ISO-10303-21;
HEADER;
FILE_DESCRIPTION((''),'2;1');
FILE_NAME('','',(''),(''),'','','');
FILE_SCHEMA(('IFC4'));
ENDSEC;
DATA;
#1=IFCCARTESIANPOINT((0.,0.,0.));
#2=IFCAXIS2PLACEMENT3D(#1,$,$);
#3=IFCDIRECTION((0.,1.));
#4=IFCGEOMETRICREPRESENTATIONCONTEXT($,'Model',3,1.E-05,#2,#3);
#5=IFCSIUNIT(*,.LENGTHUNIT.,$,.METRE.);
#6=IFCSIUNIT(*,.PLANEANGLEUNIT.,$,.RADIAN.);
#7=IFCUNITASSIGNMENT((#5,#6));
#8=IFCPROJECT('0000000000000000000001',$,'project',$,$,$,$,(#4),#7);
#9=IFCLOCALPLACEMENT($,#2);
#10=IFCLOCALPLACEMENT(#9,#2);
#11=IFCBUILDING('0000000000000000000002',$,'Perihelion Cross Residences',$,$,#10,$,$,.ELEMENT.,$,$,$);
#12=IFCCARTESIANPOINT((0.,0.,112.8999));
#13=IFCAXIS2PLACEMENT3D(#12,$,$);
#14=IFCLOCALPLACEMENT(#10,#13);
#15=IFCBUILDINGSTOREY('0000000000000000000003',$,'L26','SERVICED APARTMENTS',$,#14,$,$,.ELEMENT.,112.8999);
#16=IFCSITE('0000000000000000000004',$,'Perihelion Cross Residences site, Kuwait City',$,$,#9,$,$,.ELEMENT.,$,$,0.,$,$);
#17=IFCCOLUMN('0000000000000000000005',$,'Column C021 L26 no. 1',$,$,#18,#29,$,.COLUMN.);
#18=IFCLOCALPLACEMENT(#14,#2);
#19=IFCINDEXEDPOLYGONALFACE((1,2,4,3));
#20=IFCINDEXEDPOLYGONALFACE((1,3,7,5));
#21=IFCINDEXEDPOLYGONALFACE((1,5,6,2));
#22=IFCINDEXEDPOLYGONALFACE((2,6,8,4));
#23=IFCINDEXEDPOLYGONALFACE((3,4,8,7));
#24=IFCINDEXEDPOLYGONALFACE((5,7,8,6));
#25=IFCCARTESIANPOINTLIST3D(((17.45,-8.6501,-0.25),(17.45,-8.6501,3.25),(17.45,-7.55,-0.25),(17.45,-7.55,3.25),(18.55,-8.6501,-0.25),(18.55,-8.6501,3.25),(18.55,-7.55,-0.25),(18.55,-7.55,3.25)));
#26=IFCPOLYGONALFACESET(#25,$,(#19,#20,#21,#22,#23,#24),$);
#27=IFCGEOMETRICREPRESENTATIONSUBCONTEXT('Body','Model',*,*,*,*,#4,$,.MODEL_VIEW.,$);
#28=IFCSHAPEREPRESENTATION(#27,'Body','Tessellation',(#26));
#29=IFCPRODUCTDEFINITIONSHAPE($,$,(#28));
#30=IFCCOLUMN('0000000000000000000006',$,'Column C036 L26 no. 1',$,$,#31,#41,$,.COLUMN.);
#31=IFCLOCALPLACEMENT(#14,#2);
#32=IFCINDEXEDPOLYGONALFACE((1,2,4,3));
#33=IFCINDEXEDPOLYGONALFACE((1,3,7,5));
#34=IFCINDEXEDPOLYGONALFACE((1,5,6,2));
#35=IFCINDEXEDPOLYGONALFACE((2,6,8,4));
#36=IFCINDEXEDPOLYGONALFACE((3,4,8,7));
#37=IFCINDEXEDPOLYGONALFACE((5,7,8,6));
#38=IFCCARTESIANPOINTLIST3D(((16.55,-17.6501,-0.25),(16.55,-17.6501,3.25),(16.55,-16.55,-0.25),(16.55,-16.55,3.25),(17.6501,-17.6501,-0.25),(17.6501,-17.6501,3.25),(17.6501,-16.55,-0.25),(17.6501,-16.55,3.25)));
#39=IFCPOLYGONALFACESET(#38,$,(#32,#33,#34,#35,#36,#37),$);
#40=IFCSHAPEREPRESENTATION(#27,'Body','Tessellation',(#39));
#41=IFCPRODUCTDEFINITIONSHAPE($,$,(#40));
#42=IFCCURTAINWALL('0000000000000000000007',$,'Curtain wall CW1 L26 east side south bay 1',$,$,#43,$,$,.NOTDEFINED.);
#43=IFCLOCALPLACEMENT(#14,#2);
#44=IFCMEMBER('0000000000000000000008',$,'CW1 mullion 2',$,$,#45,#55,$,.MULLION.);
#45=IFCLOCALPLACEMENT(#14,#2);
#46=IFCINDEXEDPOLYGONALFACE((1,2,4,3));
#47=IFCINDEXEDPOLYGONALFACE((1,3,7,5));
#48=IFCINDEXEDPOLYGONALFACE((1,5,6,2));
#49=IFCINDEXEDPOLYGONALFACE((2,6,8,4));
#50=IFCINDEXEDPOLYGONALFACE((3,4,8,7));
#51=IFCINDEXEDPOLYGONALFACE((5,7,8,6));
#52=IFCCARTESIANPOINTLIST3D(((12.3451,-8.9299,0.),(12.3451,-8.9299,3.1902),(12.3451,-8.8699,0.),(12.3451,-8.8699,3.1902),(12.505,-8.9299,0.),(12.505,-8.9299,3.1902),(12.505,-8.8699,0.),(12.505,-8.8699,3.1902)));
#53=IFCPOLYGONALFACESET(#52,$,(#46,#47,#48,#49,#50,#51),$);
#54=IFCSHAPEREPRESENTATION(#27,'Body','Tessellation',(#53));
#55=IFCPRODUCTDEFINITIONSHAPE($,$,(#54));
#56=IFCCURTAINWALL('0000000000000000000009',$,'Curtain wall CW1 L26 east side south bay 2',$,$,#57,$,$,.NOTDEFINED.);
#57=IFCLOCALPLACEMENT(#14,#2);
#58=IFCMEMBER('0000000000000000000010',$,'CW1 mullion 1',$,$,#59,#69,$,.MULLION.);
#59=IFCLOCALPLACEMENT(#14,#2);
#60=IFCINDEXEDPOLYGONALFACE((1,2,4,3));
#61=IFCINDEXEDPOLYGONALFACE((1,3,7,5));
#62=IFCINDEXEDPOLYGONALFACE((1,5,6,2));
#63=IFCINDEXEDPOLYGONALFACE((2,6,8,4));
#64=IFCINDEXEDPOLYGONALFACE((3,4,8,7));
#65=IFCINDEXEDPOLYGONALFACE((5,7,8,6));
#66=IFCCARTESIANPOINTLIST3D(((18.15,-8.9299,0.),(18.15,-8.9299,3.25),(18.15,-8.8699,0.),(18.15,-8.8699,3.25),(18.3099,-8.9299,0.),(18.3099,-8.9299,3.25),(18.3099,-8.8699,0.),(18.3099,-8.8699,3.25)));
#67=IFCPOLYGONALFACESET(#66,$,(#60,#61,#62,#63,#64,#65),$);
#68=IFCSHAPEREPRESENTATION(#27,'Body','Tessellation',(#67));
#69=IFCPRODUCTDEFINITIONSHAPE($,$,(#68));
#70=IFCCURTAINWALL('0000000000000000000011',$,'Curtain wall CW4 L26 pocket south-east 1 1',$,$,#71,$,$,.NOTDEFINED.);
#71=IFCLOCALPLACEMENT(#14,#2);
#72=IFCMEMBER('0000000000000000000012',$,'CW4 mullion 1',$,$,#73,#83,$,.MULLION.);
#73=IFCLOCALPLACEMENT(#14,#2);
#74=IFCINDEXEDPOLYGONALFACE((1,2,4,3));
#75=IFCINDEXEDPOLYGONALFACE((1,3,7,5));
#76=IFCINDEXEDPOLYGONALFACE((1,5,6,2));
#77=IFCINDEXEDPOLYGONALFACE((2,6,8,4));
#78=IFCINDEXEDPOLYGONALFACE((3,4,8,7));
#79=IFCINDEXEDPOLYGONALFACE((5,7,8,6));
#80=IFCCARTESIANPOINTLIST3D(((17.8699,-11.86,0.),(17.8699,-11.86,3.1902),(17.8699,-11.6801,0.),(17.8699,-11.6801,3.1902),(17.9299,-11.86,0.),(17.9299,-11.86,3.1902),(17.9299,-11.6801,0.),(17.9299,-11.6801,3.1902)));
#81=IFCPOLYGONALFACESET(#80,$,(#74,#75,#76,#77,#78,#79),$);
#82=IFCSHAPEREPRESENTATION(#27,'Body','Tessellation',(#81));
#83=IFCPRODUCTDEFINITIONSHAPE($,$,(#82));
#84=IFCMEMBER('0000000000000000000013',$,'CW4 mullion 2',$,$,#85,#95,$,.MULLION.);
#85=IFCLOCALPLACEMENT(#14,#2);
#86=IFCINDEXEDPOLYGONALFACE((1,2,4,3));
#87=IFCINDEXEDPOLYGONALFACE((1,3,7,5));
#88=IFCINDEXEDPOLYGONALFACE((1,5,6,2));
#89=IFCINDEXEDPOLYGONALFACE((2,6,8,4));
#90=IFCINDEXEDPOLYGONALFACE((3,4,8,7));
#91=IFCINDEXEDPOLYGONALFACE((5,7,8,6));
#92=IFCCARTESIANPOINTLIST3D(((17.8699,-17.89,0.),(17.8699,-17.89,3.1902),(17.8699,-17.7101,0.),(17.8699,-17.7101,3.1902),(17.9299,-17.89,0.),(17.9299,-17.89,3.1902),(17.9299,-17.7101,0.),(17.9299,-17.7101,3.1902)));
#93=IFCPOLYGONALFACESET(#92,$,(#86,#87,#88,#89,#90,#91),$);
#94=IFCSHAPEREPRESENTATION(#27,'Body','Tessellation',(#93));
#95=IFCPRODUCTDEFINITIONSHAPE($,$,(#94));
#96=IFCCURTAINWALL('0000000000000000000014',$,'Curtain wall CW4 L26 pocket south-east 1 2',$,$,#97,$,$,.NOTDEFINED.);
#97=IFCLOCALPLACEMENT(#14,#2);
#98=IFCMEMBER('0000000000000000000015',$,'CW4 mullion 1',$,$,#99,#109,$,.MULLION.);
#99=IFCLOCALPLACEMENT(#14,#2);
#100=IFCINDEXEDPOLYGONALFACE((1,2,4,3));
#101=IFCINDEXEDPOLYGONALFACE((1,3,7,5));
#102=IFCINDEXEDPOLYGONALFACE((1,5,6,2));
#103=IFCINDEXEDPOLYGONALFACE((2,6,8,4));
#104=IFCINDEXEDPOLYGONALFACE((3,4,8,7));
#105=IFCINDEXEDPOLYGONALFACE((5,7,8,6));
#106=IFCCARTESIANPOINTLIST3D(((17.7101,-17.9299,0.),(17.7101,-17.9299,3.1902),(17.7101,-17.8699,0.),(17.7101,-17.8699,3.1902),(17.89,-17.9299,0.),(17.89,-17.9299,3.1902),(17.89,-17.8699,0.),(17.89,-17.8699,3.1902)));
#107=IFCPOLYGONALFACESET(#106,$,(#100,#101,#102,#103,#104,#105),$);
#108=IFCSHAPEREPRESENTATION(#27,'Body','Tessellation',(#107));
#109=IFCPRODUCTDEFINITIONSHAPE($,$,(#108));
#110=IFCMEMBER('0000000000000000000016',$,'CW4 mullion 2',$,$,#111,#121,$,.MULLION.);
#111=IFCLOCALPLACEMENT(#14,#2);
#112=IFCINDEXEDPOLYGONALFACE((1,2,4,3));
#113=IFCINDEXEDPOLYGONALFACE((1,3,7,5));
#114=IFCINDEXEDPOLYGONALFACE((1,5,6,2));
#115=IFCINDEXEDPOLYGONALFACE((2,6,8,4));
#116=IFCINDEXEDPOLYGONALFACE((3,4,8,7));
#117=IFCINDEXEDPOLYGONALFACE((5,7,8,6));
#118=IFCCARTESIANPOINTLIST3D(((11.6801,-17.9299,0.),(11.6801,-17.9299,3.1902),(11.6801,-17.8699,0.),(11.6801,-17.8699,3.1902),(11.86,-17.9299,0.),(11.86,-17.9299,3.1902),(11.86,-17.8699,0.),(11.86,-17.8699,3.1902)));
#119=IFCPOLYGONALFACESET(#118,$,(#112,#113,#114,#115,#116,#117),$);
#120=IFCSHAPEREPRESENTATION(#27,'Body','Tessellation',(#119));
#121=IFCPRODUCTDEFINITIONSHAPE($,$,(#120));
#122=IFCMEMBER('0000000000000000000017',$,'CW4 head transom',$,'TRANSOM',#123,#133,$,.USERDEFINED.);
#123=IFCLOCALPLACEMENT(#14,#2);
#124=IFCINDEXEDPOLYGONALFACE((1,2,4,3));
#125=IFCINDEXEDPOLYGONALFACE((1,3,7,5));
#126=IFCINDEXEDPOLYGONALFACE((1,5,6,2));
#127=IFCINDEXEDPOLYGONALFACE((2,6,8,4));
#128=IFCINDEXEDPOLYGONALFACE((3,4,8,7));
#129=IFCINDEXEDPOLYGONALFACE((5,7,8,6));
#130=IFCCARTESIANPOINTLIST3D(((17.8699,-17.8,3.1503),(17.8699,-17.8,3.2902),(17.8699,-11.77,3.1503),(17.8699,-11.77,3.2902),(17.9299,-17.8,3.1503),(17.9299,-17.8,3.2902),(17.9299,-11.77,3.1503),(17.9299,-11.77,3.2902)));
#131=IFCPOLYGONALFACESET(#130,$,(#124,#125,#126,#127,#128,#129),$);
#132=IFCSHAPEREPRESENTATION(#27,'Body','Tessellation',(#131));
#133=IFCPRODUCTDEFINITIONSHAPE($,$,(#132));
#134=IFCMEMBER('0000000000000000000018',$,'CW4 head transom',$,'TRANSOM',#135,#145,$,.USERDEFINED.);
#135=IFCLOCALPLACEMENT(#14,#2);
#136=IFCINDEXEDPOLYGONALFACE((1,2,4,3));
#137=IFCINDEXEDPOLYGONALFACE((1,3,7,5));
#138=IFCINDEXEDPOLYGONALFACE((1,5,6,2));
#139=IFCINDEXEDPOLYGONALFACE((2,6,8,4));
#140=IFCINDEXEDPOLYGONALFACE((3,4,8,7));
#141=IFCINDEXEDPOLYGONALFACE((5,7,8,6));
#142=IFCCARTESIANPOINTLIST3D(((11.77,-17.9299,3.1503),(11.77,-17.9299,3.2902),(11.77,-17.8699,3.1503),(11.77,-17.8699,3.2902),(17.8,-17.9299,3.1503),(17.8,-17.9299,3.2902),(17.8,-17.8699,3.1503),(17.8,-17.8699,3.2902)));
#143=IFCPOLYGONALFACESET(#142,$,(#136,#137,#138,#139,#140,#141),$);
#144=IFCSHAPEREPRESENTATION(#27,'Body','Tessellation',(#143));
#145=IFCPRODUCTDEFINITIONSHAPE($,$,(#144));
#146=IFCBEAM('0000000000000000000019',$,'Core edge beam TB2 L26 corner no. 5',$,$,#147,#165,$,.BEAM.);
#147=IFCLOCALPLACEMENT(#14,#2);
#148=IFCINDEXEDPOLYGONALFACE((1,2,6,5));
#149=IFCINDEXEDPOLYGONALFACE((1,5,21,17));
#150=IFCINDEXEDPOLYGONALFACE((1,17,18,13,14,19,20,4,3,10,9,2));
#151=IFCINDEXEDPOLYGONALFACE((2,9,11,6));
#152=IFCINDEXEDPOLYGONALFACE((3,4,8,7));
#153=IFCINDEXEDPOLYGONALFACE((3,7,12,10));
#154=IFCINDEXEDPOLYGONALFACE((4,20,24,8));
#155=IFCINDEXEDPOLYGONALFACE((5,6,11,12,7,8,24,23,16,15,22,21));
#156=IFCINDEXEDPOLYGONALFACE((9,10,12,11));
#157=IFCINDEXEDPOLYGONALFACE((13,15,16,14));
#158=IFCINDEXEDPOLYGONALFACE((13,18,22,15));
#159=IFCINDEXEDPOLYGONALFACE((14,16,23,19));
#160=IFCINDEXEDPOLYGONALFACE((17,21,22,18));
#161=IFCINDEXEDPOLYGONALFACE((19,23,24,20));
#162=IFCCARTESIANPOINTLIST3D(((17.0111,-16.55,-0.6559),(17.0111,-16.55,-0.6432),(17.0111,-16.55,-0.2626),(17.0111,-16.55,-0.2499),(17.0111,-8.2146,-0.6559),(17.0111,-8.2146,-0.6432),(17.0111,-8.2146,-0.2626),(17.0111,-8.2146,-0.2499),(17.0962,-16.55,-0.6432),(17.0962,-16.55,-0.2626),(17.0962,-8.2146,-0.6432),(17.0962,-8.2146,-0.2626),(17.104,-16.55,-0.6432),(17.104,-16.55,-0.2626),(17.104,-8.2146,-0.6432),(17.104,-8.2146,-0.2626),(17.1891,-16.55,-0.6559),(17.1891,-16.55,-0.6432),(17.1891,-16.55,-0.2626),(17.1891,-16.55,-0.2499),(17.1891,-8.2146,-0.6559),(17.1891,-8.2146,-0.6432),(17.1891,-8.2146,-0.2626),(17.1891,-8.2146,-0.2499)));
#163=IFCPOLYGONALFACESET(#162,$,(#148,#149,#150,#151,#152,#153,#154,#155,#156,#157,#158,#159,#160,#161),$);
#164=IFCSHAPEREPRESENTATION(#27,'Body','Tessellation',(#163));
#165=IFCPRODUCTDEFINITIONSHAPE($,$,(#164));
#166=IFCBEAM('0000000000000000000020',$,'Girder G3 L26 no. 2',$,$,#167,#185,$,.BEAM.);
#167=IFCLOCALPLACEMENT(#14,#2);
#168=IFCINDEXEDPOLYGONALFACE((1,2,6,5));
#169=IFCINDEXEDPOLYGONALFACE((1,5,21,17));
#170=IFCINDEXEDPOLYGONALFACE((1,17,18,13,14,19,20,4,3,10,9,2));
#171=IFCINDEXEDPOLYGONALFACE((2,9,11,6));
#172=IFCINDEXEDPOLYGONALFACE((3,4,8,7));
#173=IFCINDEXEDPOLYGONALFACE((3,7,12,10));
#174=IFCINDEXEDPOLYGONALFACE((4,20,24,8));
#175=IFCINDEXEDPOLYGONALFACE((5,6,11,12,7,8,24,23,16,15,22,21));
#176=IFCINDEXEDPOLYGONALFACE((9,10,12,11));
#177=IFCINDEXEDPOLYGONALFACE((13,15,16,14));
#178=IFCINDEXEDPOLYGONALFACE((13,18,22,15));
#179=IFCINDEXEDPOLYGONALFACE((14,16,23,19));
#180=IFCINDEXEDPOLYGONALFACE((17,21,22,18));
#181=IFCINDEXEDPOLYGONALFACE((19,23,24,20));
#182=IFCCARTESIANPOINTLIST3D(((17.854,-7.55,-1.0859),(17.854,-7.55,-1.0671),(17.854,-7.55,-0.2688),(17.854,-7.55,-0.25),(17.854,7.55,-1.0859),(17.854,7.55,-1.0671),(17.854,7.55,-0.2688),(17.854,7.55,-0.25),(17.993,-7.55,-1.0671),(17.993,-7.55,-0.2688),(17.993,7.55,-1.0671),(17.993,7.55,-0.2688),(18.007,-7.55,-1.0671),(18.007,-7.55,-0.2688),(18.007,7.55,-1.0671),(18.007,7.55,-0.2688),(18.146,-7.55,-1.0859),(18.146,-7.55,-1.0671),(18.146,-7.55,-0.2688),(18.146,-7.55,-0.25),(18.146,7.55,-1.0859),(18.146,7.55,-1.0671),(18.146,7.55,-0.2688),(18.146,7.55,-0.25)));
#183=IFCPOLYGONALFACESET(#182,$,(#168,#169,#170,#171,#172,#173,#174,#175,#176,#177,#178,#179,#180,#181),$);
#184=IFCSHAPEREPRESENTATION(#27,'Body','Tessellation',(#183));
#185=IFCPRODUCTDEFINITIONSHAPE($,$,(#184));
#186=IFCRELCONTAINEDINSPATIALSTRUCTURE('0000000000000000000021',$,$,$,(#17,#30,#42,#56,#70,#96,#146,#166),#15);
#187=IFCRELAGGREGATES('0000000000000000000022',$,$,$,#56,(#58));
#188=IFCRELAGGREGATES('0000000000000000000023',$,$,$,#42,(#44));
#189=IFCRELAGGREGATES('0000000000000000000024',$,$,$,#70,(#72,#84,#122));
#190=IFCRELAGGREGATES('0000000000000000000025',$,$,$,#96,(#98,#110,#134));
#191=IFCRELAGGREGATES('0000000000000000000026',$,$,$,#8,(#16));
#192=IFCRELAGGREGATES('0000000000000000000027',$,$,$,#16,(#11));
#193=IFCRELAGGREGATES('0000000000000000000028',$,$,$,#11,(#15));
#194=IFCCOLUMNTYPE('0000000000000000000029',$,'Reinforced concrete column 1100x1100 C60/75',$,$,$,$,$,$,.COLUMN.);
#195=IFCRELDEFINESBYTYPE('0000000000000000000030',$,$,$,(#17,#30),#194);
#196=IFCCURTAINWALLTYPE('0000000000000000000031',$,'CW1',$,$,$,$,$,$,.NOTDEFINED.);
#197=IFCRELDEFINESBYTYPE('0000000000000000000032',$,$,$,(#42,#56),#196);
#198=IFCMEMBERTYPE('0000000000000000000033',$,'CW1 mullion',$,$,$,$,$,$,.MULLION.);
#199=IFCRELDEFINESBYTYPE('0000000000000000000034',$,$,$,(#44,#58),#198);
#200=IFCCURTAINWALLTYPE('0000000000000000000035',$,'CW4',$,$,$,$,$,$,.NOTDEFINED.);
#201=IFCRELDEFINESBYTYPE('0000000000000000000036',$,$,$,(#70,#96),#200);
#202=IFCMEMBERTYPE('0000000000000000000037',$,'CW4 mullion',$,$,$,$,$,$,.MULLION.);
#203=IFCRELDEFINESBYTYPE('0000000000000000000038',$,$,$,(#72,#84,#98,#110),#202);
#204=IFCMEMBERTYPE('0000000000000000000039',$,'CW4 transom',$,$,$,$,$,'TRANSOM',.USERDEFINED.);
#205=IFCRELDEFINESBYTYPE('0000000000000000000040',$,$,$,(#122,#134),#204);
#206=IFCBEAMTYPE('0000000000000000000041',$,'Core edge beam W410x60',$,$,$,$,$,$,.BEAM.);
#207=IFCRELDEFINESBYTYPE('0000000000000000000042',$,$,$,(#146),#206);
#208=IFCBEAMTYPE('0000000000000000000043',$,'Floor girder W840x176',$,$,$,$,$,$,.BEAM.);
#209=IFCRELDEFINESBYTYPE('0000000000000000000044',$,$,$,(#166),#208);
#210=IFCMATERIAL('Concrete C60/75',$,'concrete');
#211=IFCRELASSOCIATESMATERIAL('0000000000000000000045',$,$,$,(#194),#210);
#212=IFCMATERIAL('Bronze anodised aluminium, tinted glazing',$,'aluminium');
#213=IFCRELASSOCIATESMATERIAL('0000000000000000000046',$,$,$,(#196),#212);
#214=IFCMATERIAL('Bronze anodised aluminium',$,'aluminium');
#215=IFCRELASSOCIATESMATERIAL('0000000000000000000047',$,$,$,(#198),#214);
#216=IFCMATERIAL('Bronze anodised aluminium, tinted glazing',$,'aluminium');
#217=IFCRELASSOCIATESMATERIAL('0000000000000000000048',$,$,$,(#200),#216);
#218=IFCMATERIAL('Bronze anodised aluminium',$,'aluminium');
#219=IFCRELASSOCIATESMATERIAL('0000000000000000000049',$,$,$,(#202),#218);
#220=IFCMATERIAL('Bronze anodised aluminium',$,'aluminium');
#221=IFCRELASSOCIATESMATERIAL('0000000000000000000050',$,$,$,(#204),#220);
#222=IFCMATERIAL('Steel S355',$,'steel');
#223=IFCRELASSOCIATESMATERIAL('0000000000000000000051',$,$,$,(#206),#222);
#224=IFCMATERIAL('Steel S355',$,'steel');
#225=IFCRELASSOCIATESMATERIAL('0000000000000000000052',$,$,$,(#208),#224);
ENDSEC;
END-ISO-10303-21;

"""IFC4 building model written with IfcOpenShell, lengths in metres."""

from ifc_helpers import new_model, si_unit, direction, frame, origin, origin_2d, place, context, subcontext, project, spatial, rectangle, i_section, extrude, material, material_profile, profile_set, type_object, element, aggregate, save


model = new_model("IFC4")

# Units and contexts
model_context = context("Model", 3, precision=1e-05, world=origin(), true_north=direction((0.0, 1.0)))
body_context = subcontext(model_context, "Body", "Model", "MODEL_VIEW")
ifc_project = project(units=[si_unit("LENGTHUNIT", "METRE"), si_unit("PLANEANGLEUNIT", "RADIAN")], contexts=[model_context])

# Site, building, storey
site_placement = place(None, origin())
site = spatial("IfcSite", under=ifc_project, at=site_placement, Name="Perihelion Cross Residences site, Kuwait City", CompositionType="ELEMENT", RefElevation=0.0)
building_placement = place(site_placement, origin())
building = spatial("IfcBuilding", under=site, at=building_placement, Name="Perihelion Cross Residences", CompositionType="ELEMENT")
storey_placement = place(building_placement, frame((0.0, 0.0, 112.8999)))
storey = spatial("IfcBuildingStorey", under=building, at=storey_placement, Name="L26", Description="SERVICED APARTMENTS", CompositionType="ELEMENT", Elevation=112.8999)

# Columns
ifc_material_1 = material(Name="Concrete C60/75", Category="concrete")
ifc_material_profile_1 = material_profile(ifc_material_1, rectangle(XDim=1.1001, YDim=1.1001, at=origin_2d()), Name="RC 1100x1100")
ifc_profile_set_1 = profile_set([ifc_material_profile_1], Name="Concrete C60/75")
column_type = type_object("IfcColumnType", Name="Reinforced concrete column 1100x1100 C60/75", PredefinedType="COLUMN", material=ifc_profile_set_1)
for number, where, z_axis, x_axis, name in (
    (1, (18.0, -8.1001, -0.25), (0.0, 0.0, 1.0), (1.0, 0.0, 0.0), "Column C021 L26 no. 1"),
    (2, (17.1001, -17.1001, -0.25), (0.0, 0.0, 1.0), (1.0, 0.0, 0.0), "Column C036 L26 no. 1"),
):
    element("IfcColumn", number, at=place(storey_placement, frame(where, z_axis=z_axis, x_axis=x_axis)), inside=storey, type_object=column_type, Name=name, PredefinedType="COLUMN", context=body_context, shape_type="SweptSolid", body=[
        extrude(rectangle(XDim=1.1001, YDim=1.1001, at=origin_2d()), origin(), (0.0, 0.0, 1.0), 3.5),
    ])

# Curtain walls, members
ifc_material_2 = material(Name="Bronze anodised aluminium, tinted glazing", Category="aluminium")
curtain_wall_type_1 = type_object("IfcCurtainWallType", Name="CW1", PredefinedType="NOTDEFINED", material=ifc_material_2)
curtain_wall_1_placement = place(storey_placement, origin())
curtain_wall_1 = element("IfcCurtainWall", 3, at=curtain_wall_1_placement, inside=storey, type_object=curtain_wall_type_1, Name="Curtain wall CW1 L26 east side south bay 1", PredefinedType="NOTDEFINED")
ifc_material_3 = material(Name="Bronze anodised aluminium", Category="aluminium")
ifc_material_profile_2 = material_profile(ifc_material_3, rectangle(XDim=0.0601, YDim=0.1599, at=origin_2d()), Name="CW1 mullion")
ifc_profile_set_2 = profile_set([ifc_material_profile_2], Name="Bronze anodised aluminium")
member_type_1 = type_object("IfcMemberType", Name="CW1 mullion", PredefinedType="MULLION", material=ifc_profile_set_2)
member_1_placement = place(storey_placement, frame((12.425, -8.8999, 0.0), z_axis=(0.0, 0.0, 1.0), x_axis=(0.0, 1.0, 0.0)))
member_1 = element("IfcMember", 4, at=member_1_placement, type_object=member_type_1, Name="CW1 mullion 2", PredefinedType="MULLION", context=body_context, shape_type="SweptSolid", body=[
    extrude(rectangle(XDim=0.0601, YDim=0.1599, at=origin_2d()), origin(), (0.0, 0.0, 1.0), 3.1902),
])
curtain_wall_2_placement = place(storey_placement, origin())
curtain_wall_2 = element("IfcCurtainWall", 5, at=curtain_wall_2_placement, inside=storey, type_object=curtain_wall_type_1, Name="Curtain wall CW1 L26 east side south bay 2", PredefinedType="NOTDEFINED")
member_2_placement = place(storey_placement, frame((18.23, -8.8999, 0.0), z_axis=(0.0, 0.0, 1.0), x_axis=(0.0, 1.0, 0.0)))
member_2 = element("IfcMember", 6, at=member_2_placement, type_object=member_type_1, Name="CW1 mullion 1", PredefinedType="MULLION", context=body_context, shape_type="SweptSolid", body=[
    extrude(rectangle(XDim=0.0601, YDim=0.1599, at=origin_2d()), origin(), (0.0, 0.0, 1.0), 3.25),
])
aggregate(curtain_wall_2, [member_2])

# Curtain walls, members
ifc_material_4 = material(Name="Bronze anodised aluminium, tinted glazing", Category="aluminium")
curtain_wall_type_2 = type_object("IfcCurtainWallType", Name="CW4", PredefinedType="NOTDEFINED", material=ifc_material_4)
curtain_wall_3_placement = place(storey_placement, origin())
curtain_wall_3 = element("IfcCurtainWall", 7, at=curtain_wall_3_placement, inside=storey, type_object=curtain_wall_type_2, Name="Curtain wall CW4 L26 pocket south-east 1 1", PredefinedType="NOTDEFINED")
ifc_material_5 = material(Name="Bronze anodised aluminium", Category="aluminium")
ifc_material_profile_3 = material_profile(ifc_material_5, rectangle(XDim=0.0601, YDim=0.1799, at=origin_2d()), Name="CW4 mullion")
ifc_profile_set_3 = profile_set([ifc_material_profile_3], Name="Bronze anodised aluminium")
member_type_2 = type_object("IfcMemberType", Name="CW4 mullion", PredefinedType="MULLION", material=ifc_profile_set_3)
member_3_placement = place(storey_placement, frame((17.8999, -11.77, 0.0), z_axis=(0.0, 0.0, 1.0), x_axis=(1.0, 0.0, 0.0)))
member_3 = element("IfcMember", 8, at=member_3_placement, type_object=member_type_2, Name="CW4 mullion 1", PredefinedType="MULLION", context=body_context, shape_type="SweptSolid", body=[
    extrude(rectangle(XDim=0.0601, YDim=0.1799, at=origin_2d()), origin(), (0.0, 0.0, 1.0), 3.1902),
])
member_4_placement = place(storey_placement, frame((17.8999, -17.8, 0.0), z_axis=(0.0, 0.0, 1.0), x_axis=(1.0, 0.0, 0.0)))
member_4 = element("IfcMember", 9, at=member_4_placement, type_object=member_type_2, Name="CW4 mullion 2", PredefinedType="MULLION", context=body_context, shape_type="SweptSolid", body=[
    extrude(rectangle(XDim=0.0601, YDim=0.1799, at=origin_2d()), origin(), (0.0, 0.0, 1.0), 3.1902),
])
curtain_wall_4_placement = place(storey_placement, origin())
curtain_wall_4 = element("IfcCurtainWall", 10, at=curtain_wall_4_placement, inside=storey, type_object=curtain_wall_type_2, Name="Curtain wall CW4 L26 pocket south-east 1 2", PredefinedType="NOTDEFINED")
member_5_placement = place(storey_placement, frame((17.8, -17.8999, 0.0), z_axis=(0.0, 0.0, 1.0), x_axis=(0.0, -1.0, 0.0)))
member_5 = element("IfcMember", 11, at=member_5_placement, type_object=member_type_2, Name="CW4 mullion 1", PredefinedType="MULLION", context=body_context, shape_type="SweptSolid", body=[
    extrude(rectangle(XDim=0.0601, YDim=0.1799, at=origin_2d()), origin(), (0.0, 0.0, 1.0), 3.1902),
])
member_6_placement = place(storey_placement, frame((11.77, -17.8999, 0.0), z_axis=(0.0, 0.0, 1.0), x_axis=(0.0, -1.0, 0.0)))
member_6 = element("IfcMember", 12, at=member_6_placement, type_object=member_type_2, Name="CW4 mullion 2", PredefinedType="MULLION", context=body_context, shape_type="SweptSolid", body=[
    extrude(rectangle(XDim=0.0601, YDim=0.1799, at=origin_2d()), origin(), (0.0, 0.0, 1.0), 3.1902),
])

# Members
ifc_material_6 = material(Name="Bronze anodised aluminium", Category="aluminium")
ifc_material_profile_4 = material_profile(ifc_material_6, rectangle(XDim=0.0601, YDim=0.1399, at=origin_2d()), Name="CW4 transom")
ifc_profile_set_4 = profile_set([ifc_material_profile_4], Name="Bronze anodised aluminium")
member_type_3 = type_object("IfcMemberType", Name="CW4 transom", ElementType="TRANSOM", PredefinedType="USERDEFINED", material=ifc_profile_set_4)
member_7_placement = place(storey_placement, frame((17.8999, -11.77, 3.2202), z_axis=(0.0, -1.0, 0.0), x_axis=(1.0, 0.0, 0.0)))
member_7 = element("IfcMember", 13, at=member_7_placement, type_object=member_type_3, Name="CW4 head transom", ObjectType="TRANSOM", PredefinedType="USERDEFINED", context=body_context, shape_type="SweptSolid", body=[
    extrude(rectangle(XDim=0.0601, YDim=0.1399, at=origin_2d()), origin(), (0.0, 0.0, 1.0), 6.03),
])
member_8_placement = place(storey_placement, frame((17.8, -17.8999, 3.2202), z_axis=(-1.0, 0.0, 0.0), x_axis=(0.0, -1.0, 0.0)))
member_8 = element("IfcMember", 14, at=member_8_placement, type_object=member_type_3, Name="CW4 head transom", ObjectType="TRANSOM", PredefinedType="USERDEFINED", context=body_context, shape_type="SweptSolid", body=[
    extrude(rectangle(XDim=0.0601, YDim=0.1399, at=origin_2d()), origin(), (0.0, 0.0, 1.0), 6.03),
])

# Beams
ifc_material_7 = material(Name="Steel S355", Category="steel")
ifc_material_profile_5 = material_profile(ifc_material_7, i_section(OverallWidth=0.178, OverallDepth=0.406, WebThickness=0.0078, FlangeThickness=0.0127, at=origin_2d()), Name="W410x60")
ifc_profile_set_5 = profile_set([ifc_material_profile_5], Name="Steel S355")
beam_type_1 = type_object("IfcBeamType", Name="Core edge beam W410x60", PredefinedType="BEAM", material=ifc_profile_set_5)
beam_1_placement = place(storey_placement, frame((17.1001, -8.2146, -0.4529), z_axis=(0.0, -1.0, 0.0), x_axis=(1.0, 0.0, 0.0)))
element("IfcBeam", 15, at=beam_1_placement, inside=storey, type_object=beam_type_1, Name="Core edge beam TB2 L26 corner no. 5", PredefinedType="BEAM", context=body_context, shape_type="SweptSolid", body=[
    extrude(i_section(OverallWidth=0.178, OverallDepth=0.406, WebThickness=0.0078, FlangeThickness=0.0127, at=origin_2d()), origin(), (0.0, 0.0, 1.0), 8.3354),
])
ifc_material_8 = material(Name="Steel S355", Category="steel")
ifc_material_profile_6 = material_profile(ifc_material_8, i_section(OverallWidth=0.292, OverallDepth=0.8359, WebThickness=0.0139, FlangeThickness=0.0188, at=origin_2d()), Name="W840x176")
ifc_profile_set_6 = profile_set([ifc_material_profile_6], Name="Steel S355")
beam_type_2 = type_object("IfcBeamType", Name="Floor girder W840x176", PredefinedType="BEAM", material=ifc_profile_set_6)
beam_2_placement = place(storey_placement, frame((18.0, -7.55, -0.668), z_axis=(0.0, 1.0, 0.0), x_axis=(-1.0, 0.0, 0.0)))
element("IfcBeam", 16, at=beam_2_placement, inside=storey, type_object=beam_type_2, Name="Girder G3 L26 no. 2", PredefinedType="BEAM", context=body_context, shape_type="SweptSolid", body=[
    extrude(i_section(OverallWidth=0.292, OverallDepth=0.8359, WebThickness=0.0139, FlangeThickness=0.0188, at=origin_2d()), origin(), (0.0, 0.0, 1.0), 15.1001),
])

aggregate(curtain_wall_1, [member_1])
aggregate(curtain_wall_3, [member_3, member_4, member_7])
aggregate(curtain_wall_4, [member_5, member_6, member_8])

save(model, "model.ifc")
